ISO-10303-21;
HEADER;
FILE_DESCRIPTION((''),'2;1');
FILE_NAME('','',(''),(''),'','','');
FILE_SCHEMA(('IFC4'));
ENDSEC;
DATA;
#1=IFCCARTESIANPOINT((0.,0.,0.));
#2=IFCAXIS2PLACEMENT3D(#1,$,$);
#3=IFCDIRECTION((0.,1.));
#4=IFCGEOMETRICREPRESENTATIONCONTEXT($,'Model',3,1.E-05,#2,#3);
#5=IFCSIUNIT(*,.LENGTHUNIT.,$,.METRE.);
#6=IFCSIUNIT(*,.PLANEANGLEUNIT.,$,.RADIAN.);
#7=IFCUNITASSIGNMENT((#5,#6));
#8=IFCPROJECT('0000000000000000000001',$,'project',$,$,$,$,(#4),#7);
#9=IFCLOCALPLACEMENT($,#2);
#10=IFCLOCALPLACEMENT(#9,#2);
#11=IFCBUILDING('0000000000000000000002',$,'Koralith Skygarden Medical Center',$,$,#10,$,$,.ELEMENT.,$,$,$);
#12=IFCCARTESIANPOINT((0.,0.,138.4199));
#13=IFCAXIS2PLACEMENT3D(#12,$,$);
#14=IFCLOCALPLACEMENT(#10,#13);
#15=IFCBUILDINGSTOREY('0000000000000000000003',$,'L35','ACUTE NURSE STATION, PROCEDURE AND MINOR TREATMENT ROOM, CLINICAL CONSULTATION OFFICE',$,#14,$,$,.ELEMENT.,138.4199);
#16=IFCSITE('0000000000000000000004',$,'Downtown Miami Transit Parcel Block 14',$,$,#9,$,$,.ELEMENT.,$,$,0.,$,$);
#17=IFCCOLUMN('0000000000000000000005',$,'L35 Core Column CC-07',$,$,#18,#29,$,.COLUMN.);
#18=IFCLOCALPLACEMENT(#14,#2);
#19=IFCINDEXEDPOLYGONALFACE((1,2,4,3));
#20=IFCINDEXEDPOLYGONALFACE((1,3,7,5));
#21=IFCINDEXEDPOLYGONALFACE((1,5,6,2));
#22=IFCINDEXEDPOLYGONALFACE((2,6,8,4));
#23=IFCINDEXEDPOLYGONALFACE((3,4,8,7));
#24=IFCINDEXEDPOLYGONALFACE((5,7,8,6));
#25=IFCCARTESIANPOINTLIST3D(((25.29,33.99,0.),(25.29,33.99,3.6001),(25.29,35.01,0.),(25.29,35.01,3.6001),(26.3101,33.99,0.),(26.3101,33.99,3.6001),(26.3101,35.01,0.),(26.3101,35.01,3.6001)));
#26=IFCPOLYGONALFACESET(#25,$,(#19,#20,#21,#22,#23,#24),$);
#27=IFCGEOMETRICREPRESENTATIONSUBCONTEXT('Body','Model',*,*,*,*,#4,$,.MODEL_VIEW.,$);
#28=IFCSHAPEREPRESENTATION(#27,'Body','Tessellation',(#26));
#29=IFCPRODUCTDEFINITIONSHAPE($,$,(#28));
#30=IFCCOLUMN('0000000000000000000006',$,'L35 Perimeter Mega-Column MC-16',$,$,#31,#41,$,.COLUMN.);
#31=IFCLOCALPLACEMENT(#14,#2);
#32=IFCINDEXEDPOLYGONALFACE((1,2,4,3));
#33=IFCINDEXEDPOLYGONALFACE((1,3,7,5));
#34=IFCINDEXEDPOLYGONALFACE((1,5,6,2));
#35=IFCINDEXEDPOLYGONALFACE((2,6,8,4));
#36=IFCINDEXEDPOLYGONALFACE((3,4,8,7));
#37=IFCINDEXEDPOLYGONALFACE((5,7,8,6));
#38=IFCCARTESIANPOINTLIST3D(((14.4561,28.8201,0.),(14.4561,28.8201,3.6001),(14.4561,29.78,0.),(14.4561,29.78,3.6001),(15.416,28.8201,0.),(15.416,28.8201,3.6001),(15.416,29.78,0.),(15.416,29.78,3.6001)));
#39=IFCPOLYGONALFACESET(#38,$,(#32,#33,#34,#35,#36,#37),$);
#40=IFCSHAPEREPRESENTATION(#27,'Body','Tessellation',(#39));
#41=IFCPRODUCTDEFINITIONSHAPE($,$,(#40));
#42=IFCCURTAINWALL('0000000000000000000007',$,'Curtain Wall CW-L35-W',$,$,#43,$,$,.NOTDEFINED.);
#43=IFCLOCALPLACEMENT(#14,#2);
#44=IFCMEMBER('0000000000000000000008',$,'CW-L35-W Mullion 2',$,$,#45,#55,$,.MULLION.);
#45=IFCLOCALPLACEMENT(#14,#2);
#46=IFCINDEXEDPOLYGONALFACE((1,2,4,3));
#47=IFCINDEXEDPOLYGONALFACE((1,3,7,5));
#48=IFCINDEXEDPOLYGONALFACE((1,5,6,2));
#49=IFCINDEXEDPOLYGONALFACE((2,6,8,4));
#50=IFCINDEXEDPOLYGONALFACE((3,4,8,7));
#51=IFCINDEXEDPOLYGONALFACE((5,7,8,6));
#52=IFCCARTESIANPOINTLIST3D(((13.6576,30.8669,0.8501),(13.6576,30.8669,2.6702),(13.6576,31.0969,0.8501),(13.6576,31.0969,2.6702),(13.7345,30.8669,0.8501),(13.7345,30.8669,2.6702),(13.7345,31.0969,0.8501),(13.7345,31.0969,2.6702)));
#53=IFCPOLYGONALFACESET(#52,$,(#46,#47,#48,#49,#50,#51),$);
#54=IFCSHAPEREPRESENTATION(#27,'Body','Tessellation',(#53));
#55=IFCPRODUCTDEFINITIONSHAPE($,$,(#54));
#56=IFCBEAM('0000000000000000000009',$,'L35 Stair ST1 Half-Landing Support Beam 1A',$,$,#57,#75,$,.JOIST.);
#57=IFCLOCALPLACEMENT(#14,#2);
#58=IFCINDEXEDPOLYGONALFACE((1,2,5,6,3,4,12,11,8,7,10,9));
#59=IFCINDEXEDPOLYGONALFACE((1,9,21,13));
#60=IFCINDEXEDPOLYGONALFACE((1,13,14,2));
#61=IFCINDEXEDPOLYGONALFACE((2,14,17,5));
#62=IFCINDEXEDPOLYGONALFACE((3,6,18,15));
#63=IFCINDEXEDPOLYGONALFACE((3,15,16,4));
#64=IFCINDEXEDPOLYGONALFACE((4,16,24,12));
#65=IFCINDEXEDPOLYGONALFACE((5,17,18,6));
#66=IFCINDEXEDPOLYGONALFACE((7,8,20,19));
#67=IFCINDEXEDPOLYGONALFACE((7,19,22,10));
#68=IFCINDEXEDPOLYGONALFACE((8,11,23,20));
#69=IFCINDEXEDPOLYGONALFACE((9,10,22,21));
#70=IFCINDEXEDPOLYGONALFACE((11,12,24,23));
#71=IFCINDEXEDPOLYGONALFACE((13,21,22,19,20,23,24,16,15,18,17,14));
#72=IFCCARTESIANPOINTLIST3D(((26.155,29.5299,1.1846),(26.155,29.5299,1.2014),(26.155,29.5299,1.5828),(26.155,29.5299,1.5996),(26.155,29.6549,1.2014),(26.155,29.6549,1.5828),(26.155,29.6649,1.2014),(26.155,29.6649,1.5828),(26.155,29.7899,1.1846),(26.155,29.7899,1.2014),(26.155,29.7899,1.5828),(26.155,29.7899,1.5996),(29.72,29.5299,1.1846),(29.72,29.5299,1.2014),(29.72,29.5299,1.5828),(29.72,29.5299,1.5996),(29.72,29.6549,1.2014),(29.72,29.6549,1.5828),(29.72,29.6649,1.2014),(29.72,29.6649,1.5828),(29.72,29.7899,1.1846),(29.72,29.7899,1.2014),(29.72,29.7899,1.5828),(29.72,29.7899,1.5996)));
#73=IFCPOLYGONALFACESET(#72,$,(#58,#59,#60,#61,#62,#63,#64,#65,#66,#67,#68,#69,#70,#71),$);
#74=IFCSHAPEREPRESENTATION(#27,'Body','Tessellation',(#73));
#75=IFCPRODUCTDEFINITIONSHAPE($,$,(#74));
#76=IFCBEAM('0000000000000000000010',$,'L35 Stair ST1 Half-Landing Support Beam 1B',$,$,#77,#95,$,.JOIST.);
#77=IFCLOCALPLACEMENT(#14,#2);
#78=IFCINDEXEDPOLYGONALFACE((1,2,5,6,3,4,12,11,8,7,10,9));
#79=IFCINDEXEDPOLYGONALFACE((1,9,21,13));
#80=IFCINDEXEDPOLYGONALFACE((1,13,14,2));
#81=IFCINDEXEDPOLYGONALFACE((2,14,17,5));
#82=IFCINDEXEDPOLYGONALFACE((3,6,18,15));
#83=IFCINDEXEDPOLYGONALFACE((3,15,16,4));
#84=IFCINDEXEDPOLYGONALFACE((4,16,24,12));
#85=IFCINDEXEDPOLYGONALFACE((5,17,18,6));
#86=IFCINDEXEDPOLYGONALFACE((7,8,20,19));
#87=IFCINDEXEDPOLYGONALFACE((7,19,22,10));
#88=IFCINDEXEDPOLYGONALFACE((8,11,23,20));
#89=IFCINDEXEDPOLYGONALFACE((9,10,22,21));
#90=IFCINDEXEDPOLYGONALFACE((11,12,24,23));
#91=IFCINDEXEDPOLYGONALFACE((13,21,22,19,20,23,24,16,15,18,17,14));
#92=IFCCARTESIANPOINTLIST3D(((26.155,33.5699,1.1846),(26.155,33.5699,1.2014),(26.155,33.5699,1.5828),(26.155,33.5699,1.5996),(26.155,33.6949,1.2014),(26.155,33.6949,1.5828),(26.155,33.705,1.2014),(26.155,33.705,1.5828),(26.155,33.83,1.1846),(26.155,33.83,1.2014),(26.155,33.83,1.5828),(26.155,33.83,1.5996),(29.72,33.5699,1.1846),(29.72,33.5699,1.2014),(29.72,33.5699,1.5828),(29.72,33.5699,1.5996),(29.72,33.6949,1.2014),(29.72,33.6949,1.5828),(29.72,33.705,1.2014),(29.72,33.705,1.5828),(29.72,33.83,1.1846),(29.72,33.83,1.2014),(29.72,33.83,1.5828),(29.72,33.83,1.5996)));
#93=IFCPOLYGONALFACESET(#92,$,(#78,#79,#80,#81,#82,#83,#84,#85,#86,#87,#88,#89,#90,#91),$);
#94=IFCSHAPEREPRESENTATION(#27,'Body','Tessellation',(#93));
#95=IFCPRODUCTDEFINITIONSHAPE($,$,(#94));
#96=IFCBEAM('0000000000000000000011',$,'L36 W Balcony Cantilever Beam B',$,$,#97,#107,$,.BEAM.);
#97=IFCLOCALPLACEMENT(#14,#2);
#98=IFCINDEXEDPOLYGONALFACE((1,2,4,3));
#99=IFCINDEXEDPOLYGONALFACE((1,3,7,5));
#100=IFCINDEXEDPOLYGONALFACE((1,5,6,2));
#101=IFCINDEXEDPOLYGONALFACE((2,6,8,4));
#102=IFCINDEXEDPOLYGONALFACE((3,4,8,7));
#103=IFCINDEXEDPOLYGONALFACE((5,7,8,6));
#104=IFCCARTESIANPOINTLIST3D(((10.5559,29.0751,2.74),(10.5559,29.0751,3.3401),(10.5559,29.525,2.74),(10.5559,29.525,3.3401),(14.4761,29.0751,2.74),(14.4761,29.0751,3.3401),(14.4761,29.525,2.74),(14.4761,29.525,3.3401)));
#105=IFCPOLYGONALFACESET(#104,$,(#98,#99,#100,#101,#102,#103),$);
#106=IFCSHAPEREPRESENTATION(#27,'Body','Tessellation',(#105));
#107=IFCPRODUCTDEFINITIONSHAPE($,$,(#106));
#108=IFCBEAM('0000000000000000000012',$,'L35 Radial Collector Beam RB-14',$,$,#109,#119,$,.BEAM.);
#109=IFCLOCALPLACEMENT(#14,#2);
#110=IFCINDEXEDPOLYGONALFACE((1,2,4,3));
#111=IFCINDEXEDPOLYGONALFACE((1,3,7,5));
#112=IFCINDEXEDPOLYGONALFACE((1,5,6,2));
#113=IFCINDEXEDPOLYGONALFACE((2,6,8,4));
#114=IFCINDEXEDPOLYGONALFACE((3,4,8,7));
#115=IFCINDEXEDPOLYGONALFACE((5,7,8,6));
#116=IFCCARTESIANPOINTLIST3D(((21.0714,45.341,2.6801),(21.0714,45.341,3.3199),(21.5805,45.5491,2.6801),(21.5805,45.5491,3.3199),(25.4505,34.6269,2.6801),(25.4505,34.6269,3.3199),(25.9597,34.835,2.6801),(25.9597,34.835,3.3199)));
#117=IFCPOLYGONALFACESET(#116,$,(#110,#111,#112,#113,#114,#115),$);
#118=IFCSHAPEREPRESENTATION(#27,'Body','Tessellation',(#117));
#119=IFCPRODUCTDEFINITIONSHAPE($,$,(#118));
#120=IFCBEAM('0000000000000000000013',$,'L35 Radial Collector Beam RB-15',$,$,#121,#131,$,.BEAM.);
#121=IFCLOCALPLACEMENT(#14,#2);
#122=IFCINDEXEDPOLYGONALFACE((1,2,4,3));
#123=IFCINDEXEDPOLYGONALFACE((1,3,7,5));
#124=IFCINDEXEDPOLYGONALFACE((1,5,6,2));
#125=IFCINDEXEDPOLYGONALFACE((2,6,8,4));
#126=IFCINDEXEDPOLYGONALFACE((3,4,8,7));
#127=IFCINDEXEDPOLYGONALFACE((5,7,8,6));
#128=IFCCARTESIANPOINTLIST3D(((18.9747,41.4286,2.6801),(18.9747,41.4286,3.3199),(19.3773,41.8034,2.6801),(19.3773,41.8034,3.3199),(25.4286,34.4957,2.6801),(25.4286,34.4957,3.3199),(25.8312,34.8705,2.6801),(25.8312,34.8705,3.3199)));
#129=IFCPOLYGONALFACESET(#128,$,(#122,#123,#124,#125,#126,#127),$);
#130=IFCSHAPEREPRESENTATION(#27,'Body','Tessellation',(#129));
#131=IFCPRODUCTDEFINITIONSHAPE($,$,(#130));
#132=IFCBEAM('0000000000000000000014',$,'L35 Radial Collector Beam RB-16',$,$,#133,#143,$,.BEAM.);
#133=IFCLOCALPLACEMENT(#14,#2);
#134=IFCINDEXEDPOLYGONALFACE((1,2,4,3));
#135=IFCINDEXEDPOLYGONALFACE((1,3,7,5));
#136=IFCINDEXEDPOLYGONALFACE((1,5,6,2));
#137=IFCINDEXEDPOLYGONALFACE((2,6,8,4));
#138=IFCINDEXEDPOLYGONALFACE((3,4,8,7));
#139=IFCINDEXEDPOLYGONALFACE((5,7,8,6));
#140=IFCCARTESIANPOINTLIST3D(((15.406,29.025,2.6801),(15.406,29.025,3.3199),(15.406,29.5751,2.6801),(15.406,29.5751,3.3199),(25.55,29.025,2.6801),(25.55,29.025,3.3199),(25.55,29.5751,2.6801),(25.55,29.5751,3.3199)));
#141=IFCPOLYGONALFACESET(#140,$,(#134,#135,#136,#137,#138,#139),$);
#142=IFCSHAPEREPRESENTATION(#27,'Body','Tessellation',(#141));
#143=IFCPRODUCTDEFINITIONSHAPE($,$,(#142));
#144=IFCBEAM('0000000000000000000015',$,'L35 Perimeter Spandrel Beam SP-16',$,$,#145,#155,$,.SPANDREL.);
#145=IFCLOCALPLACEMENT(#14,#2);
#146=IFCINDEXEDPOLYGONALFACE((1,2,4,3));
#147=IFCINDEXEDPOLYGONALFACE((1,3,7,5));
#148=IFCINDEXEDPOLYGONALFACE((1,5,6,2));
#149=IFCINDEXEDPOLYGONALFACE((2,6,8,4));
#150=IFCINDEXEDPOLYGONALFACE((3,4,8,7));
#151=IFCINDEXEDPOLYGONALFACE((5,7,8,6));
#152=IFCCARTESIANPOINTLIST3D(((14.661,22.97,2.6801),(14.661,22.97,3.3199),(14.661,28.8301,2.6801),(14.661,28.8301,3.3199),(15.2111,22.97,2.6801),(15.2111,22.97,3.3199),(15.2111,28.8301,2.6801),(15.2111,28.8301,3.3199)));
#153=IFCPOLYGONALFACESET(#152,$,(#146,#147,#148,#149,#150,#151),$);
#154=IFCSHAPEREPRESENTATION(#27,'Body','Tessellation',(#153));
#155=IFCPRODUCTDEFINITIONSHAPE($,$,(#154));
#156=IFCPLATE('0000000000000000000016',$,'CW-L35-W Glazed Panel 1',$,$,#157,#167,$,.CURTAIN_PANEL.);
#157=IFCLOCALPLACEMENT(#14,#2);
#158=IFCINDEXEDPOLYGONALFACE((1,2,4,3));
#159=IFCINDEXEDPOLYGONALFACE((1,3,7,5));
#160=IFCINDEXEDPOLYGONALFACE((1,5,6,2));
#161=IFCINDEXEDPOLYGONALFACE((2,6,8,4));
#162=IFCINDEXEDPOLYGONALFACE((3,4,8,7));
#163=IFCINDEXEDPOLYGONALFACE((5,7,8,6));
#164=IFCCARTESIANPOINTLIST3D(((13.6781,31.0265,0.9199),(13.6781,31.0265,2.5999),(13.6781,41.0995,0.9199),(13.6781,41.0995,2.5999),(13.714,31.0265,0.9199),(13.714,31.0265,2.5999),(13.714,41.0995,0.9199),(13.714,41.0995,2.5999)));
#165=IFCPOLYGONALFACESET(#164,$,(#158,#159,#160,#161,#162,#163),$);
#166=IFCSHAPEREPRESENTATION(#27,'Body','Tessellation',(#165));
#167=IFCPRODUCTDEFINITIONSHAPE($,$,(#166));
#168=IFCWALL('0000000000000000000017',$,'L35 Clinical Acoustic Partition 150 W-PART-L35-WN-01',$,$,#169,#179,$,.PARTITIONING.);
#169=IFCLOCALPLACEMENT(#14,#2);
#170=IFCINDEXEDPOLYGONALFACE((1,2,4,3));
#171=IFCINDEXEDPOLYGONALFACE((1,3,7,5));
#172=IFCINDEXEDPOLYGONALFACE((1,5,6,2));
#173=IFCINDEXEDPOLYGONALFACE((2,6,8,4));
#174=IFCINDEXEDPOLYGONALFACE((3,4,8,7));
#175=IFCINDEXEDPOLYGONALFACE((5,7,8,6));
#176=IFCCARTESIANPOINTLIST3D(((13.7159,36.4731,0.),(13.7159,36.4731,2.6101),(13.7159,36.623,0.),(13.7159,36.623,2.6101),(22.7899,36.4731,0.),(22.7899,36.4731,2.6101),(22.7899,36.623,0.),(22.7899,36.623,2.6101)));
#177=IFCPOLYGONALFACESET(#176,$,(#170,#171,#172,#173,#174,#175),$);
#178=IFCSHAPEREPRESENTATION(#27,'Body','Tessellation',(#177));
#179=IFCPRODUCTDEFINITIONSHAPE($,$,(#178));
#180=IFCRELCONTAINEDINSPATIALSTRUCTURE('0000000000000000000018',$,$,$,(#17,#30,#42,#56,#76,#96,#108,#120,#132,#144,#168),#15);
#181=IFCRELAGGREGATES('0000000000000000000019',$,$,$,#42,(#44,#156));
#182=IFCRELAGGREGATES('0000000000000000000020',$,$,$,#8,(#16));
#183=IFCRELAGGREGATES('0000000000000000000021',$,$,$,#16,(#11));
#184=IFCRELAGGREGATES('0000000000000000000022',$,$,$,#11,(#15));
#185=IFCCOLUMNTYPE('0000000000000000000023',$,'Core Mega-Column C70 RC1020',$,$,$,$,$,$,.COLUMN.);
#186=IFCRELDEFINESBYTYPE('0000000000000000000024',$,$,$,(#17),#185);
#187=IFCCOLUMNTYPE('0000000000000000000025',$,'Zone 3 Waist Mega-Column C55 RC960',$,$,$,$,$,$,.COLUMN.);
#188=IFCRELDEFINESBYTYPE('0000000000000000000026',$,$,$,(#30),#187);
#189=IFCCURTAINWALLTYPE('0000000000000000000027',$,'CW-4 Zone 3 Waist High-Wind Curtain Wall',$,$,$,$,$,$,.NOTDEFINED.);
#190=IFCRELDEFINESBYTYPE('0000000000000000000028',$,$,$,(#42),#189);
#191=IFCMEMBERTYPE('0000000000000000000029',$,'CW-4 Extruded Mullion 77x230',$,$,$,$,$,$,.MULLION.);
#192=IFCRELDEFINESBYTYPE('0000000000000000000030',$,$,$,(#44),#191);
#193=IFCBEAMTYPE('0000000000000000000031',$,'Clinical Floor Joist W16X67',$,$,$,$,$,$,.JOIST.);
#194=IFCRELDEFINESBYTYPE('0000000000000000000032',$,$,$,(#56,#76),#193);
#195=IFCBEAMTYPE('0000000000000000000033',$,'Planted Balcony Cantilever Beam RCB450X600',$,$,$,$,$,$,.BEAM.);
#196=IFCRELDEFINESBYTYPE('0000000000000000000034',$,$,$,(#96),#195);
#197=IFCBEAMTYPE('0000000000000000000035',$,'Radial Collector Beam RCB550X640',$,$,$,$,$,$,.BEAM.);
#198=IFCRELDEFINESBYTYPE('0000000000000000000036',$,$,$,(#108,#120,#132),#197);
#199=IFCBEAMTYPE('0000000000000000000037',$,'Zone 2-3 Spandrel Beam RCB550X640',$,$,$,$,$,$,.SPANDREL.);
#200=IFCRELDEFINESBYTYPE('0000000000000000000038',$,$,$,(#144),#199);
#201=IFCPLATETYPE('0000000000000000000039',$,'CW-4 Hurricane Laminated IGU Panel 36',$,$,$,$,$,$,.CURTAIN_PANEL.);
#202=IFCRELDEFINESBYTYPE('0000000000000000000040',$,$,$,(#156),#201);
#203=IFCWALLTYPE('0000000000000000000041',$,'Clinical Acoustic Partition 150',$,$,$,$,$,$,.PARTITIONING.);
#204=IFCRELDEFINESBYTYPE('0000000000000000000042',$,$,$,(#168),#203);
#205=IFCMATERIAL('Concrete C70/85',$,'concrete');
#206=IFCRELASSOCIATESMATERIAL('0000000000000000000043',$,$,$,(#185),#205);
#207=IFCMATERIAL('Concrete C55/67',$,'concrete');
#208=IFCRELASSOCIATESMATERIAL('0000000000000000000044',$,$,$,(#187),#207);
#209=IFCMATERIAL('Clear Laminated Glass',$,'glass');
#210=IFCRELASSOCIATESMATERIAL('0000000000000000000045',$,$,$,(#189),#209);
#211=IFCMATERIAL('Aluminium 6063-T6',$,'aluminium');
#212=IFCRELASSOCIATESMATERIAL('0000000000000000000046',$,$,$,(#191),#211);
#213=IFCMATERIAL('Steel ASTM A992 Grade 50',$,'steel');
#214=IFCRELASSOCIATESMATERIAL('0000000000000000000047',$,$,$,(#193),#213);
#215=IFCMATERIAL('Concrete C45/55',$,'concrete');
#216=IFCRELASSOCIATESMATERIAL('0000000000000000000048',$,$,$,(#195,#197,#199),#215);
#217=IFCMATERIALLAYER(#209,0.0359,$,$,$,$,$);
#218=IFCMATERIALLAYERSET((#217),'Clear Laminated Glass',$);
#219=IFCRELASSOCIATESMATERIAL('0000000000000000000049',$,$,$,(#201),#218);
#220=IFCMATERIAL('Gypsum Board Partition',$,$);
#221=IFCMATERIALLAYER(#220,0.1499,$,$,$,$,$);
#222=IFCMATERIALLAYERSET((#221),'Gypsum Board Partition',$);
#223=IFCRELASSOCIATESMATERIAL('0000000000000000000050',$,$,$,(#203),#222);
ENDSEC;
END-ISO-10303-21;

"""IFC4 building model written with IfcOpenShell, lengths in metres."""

from ifc_helpers import new_model, si_unit, direction, frame, frame_2d, origin, origin_2d, place, context, subcontext, project, spatial, rectangle, i_section, extrude, material, layer, layer_set, material_profile, profile_set, type_object, element, aggregate, save


model = new_model("IFC4")

# Units and contexts
model_context = context("Model", 3, precision=1e-05, world=origin(), true_north=direction((0.0, 1.0)))
body_context = subcontext(model_context, "Body", "Model", "MODEL_VIEW")
ifc_project = project(units=[si_unit("LENGTHUNIT", "METRE"), si_unit("PLANEANGLEUNIT", "RADIAN")], contexts=[model_context])

# Site, building, storey
site_placement = place(None, origin())
site = spatial("IfcSite", under=ifc_project, at=site_placement, Name="Downtown Miami Transit Parcel Block 14", CompositionType="ELEMENT", RefElevation=0.0)
building_placement = place(site_placement, origin())
building = spatial("IfcBuilding", under=site, at=building_placement, Name="Koralith Skygarden Medical Center", CompositionType="ELEMENT")
storey_placement = place(building_placement, frame((0.0, 0.0, 138.4199)))
storey = spatial("IfcBuildingStorey", under=building, at=storey_placement, Name="L35", Description="ACUTE NURSE STATION, PROCEDURE AND MINOR TREATMENT ROOM, CLINICAL CONSULTATION OFFICE", CompositionType="ELEMENT", Elevation=138.4199)

# Columns
ifc_material_1 = material(Name="Concrete C70/85", Category="concrete")
ifc_material_profile_1 = material_profile(ifc_material_1, rectangle(XDim=1.02, YDim=1.02, at=origin_2d()), Name="RC1020X1020")
ifc_profile_set_1 = profile_set([ifc_material_profile_1], Name="Concrete C70/85")
column_type_1 = type_object("IfcColumnType", Name="Core Mega-Column C70 RC1020", PredefinedType="COLUMN", material=ifc_profile_set_1)
column_1_placement = place(storey_placement, frame((25.8, 34.5, 0.0), z_axis=(0.0, 0.0, 1.0), x_axis=(1.0, 0.0, 0.0)))
element("IfcColumn", 1, at=column_1_placement, inside=storey, type_object=column_type_1, Name="L35 Core Column CC-07", PredefinedType="COLUMN", context=body_context, shape_type="SweptSolid", body=[
    extrude(rectangle(XDim=1.02, YDim=1.02, at=origin_2d()), origin(), (0.0, 0.0, 1.0), 3.6001),
])
ifc_material_2 = material(Name="Concrete C55/67", Category="concrete")
ifc_material_profile_2 = material_profile(ifc_material_2, rectangle(XDim=0.96, YDim=0.96, at=origin_2d()), Name="RC960X960")
ifc_profile_set_2 = profile_set([ifc_material_profile_2], Name="Concrete C55/67")
column_type_2 = type_object("IfcColumnType", Name="Zone 3 Waist Mega-Column C55 RC960", PredefinedType="COLUMN", material=ifc_profile_set_2)
column_2_placement = place(storey_placement, frame((14.936, 29.3, 0.0), z_axis=(0.0, 0.0, 1.0), x_axis=(1.0, 0.0, 0.0)))
element("IfcColumn", 2, at=column_2_placement, inside=storey, type_object=column_type_2, Name="L35 Perimeter Mega-Column MC-16", PredefinedType="COLUMN", context=body_context, shape_type="SweptSolid", body=[
    extrude(rectangle(XDim=0.96, YDim=0.96, at=origin_2d()), origin(), (0.0, 0.0, 1.0), 3.6001),
])

# Curtain wall, member
ifc_material_3 = material(Name="Clear Laminated Glass", Category="glass")
curtain_wall_type = type_object("IfcCurtainWallType", Name="CW-4 Zone 3 Waist High-Wind Curtain Wall", PredefinedType="NOTDEFINED", material=ifc_material_3)
curtain_wall_placement = place(storey_placement, origin())
curtain_wall = element("IfcCurtainWall", 3, at=curtain_wall_placement, inside=storey, type_object=curtain_wall_type, Name="Curtain Wall CW-L35-W", PredefinedType="NOTDEFINED")
ifc_material_4 = material(Name="Aluminium 6063-T6", Category="aluminium")
ifc_material_profile_3 = material_profile(ifc_material_4, rectangle(XDim=0.0769, YDim=0.23, at=origin_2d()), Name="MUL77X230")
ifc_profile_set_3 = profile_set([ifc_material_profile_3], Name="Aluminium 6063-T6")
member_type = type_object("IfcMemberType", Name="CW-4 Extruded Mullion 77x230", PredefinedType="MULLION", material=ifc_profile_set_3)
member_placement = place(storey_placement, frame((13.696, 30.9819, 0.8501), z_axis=(0.0, 0.0, 1.0), x_axis=(1.0, 0.0, 0.0)))
member = element("IfcMember", 4, at=member_placement, type_object=member_type, Name="CW-L35-W Mullion 2", PredefinedType="MULLION", context=body_context, shape_type="SweptSolid", body=[
    extrude(rectangle(XDim=0.0769, YDim=0.23, at=origin_2d()), origin(), (0.0, 0.0, 1.0), 1.8201),
])

# Beams
ifc_material_5 = material(Name="Steel ASTM A992 Grade 50", Category="steel")
ifc_material_profile_4 = material_profile(ifc_material_5, i_section(OverallWidth=0.26, OverallDepth=0.415, WebThickness=0.01, FlangeThickness=0.0168, at=origin_2d()), Name="W16X67")
ifc_profile_set_4 = profile_set([ifc_material_profile_4], Name="Steel ASTM A992 Grade 50")
beam_type_1 = type_object("IfcBeamType", Name="Clinical Floor Joist W16X67", PredefinedType="JOIST", material=ifc_profile_set_4)
for number, where, z_axis, x_axis, name in (
    (5, (26.155, 29.6599, 1.3921), (1.0, 0.0, 0.0), (0.0, 1.0, 0.0), "L35 Stair ST1 Half-Landing Support Beam 1A"),
    (6, (26.155, 33.7, 1.3921), (1.0, 0.0, 0.0), (0.0, 1.0, 0.0), "L35 Stair ST1 Half-Landing Support Beam 1B"),
):
    element("IfcBeam", number, at=place(storey_placement, frame(where, z_axis=z_axis, x_axis=x_axis)), inside=storey, type_object=beam_type_1, Name=name, PredefinedType="JOIST", context=body_context, shape_type="SweptSolid", body=[
        extrude(i_section(OverallWidth=0.26, OverallDepth=0.415, WebThickness=0.01, FlangeThickness=0.0168, at=origin_2d()), origin(), (0.0, 0.0, 1.0), 3.5649),
    ])
ifc_material_6 = material(Name="Concrete C45/55", Category="concrete")
ifc_material_profile_5 = material_profile(ifc_material_6, rectangle(XDim=0.45, YDim=0.6001, at=origin_2d()), Name="RCB450X600")
ifc_profile_set_5 = profile_set([ifc_material_profile_5], Name="Concrete C45/55")
beam_type_2 = type_object("IfcBeamType", Name="Planted Balcony Cantilever Beam RCB450X600", PredefinedType="BEAM", material=ifc_profile_set_5)
beam_1_placement = place(storey_placement, frame((14.4761, 29.3, 3.04), z_axis=(-1.0, 0.0, 0.0), x_axis=(0.0, -1.0, 0.0)))
element("IfcBeam", 7, at=beam_1_placement, inside=storey, type_object=beam_type_2, Name="L36 W Balcony Cantilever Beam B", PredefinedType="BEAM", context=body_context, shape_type="SweptSolid", body=[
    extrude(rectangle(XDim=0.45, YDim=0.6001, at=origin_2d()), origin(), (0.0, 0.0, 1.0), 3.9202),
])
ifc_material_profile_6 = material_profile(ifc_material_6, rectangle(XDim=0.55, YDim=0.6399, at=origin_2d()), Name="RCB550X640")
ifc_profile_set_6 = profile_set([ifc_material_profile_6], Name="Concrete C45/55")
beam_type_3 = type_object("IfcBeamType", Name="Radial Collector Beam RCB550X640", PredefinedType="BEAM", material=ifc_profile_set_6)
beam_2_placement = place(storey_placement, frame((25.7051, 34.731, 3.0), z_axis=(-0.378345, 0.925665, 0.0), x_axis=(-0.925665, -0.378345, 0.0)))
element("IfcBeam", 8, at=beam_2_placement, inside=storey, type_object=beam_type_3, Name="L35 Radial Collector Beam RB-14", PredefinedType="BEAM", context=body_context, shape_type="SweptSolid", body=[
    extrude(rectangle(XDim=0.55, YDim=0.6399, at=origin_2d()), origin(), (0.0, 0.0, 1.0), 11.5745),
])
beam_3_placement = place(storey_placement, frame((25.6299, 34.6831, 3.0), z_axis=(-0.681369, 0.73194, 0.0), x_axis=(-0.73194, -0.681369, 0.0)))
element("IfcBeam", 9, at=beam_3_placement, inside=storey, type_object=beam_type_3, Name="L35 Radial Collector Beam RB-15", PredefinedType="BEAM", context=body_context, shape_type="SweptSolid", body=[
    extrude(rectangle(XDim=0.55, YDim=0.6399, at=origin_2d()), origin(), (0.0, 0.0, 1.0), 9.4719),
])
beam_4_placement = place(storey_placement, frame((25.55, 29.3, 3.0), z_axis=(-1.0, 0.0, 0.0), x_axis=(0.0, -1.0, 0.0)))
element("IfcBeam", 10, at=beam_4_placement, inside=storey, type_object=beam_type_3, Name="L35 Radial Collector Beam RB-16", PredefinedType="BEAM", context=body_context, shape_type="SweptSolid", body=[
    extrude(rectangle(XDim=0.55, YDim=0.6399, at=origin_2d()), origin(), (0.0, 0.0, 1.0), 10.144),
])
ifc_material_profile_7 = material_profile(ifc_material_6, rectangle(XDim=0.55, YDim=0.6399, at=origin_2d()), Name="RCB550X640")
ifc_profile_set_7 = profile_set([ifc_material_profile_7], Name="Concrete C45/55")
beam_type_4 = type_object("IfcBeamType", Name="Zone 2-3 Spandrel Beam RCB550X640", PredefinedType="SPANDREL", material=ifc_profile_set_7)
beam_5_placement = place(storey_placement, frame((14.936, 28.8301, 3.0), z_axis=(0.0, -1.0, 0.0), x_axis=(1.0, 0.0, 0.0)))
element("IfcBeam", 11, at=beam_5_placement, inside=storey, type_object=beam_type_4, Name="L35 Perimeter Spandrel Beam SP-16", PredefinedType="SPANDREL", context=body_context, shape_type="SweptSolid", body=[
    extrude(rectangle(XDim=0.55, YDim=0.6399, at=origin_2d()), origin(), (0.0, 0.0, 1.0), 5.8601),
])

# Plate
ifc_layer_1 = layer(ifc_material_3, 0.0359)
ifc_layer_set_1 = layer_set([ifc_layer_1], Name="Clear Laminated Glass")
plate_type = type_object("IfcPlateType", Name="CW-4 Hurricane Laminated IGU Panel 36", PredefinedType="CURTAIN_PANEL", material=ifc_layer_set_1)
plate_placement = place(storey_placement, frame((13.696, 36.063, 0.9199), z_axis=(0.0, 0.0, 1.0), x_axis=(0.0, -1.0, 0.0)))
plate = element("IfcPlate", 12, at=plate_placement, type_object=plate_type, Name="CW-L35-W Glazed Panel 1", PredefinedType="CURTAIN_PANEL", context=body_context, shape_type="SweptSolid", body=[
    extrude(rectangle(XDim=10.073, YDim=0.0359, at=origin_2d()), origin(), (0.0, 0.0, 1.0), 1.6799),
])
aggregate(curtain_wall, [member, plate])

# Wall
ifc_material_7 = material(Name="Gypsum Board Partition")
ifc_layer_2 = layer(ifc_material_7, 0.1499)
ifc_layer_set_2 = layer_set([ifc_layer_2], Name="Gypsum Board Partition")
wall_type_1 = type_object("IfcWallType", Name="Clinical Acoustic Partition 150", PredefinedType="PARTITIONING", material=ifc_layer_set_2)
wall_1_placement = place(storey_placement, frame((22.79, 36.5481, 0.0), z_axis=(0.0, 0.0, 1.0), x_axis=(-1.0, 0.0, 0.0)))
element("IfcWall", 13, at=wall_1_placement, inside=storey, type_object=wall_type_1, Name="L35 Clinical Acoustic Partition 150 W-PART-L35-WN-01", PredefinedType="PARTITIONING", context=body_context, shape_type="SweptSolid", body=[
    extrude(rectangle(XDim=9.074, YDim=0.1499, at=frame_2d((4.5371, 0.0))), origin(), (0.0, 0.0, 1.0), 2.6101),
])

save(model, "model.ifc")
